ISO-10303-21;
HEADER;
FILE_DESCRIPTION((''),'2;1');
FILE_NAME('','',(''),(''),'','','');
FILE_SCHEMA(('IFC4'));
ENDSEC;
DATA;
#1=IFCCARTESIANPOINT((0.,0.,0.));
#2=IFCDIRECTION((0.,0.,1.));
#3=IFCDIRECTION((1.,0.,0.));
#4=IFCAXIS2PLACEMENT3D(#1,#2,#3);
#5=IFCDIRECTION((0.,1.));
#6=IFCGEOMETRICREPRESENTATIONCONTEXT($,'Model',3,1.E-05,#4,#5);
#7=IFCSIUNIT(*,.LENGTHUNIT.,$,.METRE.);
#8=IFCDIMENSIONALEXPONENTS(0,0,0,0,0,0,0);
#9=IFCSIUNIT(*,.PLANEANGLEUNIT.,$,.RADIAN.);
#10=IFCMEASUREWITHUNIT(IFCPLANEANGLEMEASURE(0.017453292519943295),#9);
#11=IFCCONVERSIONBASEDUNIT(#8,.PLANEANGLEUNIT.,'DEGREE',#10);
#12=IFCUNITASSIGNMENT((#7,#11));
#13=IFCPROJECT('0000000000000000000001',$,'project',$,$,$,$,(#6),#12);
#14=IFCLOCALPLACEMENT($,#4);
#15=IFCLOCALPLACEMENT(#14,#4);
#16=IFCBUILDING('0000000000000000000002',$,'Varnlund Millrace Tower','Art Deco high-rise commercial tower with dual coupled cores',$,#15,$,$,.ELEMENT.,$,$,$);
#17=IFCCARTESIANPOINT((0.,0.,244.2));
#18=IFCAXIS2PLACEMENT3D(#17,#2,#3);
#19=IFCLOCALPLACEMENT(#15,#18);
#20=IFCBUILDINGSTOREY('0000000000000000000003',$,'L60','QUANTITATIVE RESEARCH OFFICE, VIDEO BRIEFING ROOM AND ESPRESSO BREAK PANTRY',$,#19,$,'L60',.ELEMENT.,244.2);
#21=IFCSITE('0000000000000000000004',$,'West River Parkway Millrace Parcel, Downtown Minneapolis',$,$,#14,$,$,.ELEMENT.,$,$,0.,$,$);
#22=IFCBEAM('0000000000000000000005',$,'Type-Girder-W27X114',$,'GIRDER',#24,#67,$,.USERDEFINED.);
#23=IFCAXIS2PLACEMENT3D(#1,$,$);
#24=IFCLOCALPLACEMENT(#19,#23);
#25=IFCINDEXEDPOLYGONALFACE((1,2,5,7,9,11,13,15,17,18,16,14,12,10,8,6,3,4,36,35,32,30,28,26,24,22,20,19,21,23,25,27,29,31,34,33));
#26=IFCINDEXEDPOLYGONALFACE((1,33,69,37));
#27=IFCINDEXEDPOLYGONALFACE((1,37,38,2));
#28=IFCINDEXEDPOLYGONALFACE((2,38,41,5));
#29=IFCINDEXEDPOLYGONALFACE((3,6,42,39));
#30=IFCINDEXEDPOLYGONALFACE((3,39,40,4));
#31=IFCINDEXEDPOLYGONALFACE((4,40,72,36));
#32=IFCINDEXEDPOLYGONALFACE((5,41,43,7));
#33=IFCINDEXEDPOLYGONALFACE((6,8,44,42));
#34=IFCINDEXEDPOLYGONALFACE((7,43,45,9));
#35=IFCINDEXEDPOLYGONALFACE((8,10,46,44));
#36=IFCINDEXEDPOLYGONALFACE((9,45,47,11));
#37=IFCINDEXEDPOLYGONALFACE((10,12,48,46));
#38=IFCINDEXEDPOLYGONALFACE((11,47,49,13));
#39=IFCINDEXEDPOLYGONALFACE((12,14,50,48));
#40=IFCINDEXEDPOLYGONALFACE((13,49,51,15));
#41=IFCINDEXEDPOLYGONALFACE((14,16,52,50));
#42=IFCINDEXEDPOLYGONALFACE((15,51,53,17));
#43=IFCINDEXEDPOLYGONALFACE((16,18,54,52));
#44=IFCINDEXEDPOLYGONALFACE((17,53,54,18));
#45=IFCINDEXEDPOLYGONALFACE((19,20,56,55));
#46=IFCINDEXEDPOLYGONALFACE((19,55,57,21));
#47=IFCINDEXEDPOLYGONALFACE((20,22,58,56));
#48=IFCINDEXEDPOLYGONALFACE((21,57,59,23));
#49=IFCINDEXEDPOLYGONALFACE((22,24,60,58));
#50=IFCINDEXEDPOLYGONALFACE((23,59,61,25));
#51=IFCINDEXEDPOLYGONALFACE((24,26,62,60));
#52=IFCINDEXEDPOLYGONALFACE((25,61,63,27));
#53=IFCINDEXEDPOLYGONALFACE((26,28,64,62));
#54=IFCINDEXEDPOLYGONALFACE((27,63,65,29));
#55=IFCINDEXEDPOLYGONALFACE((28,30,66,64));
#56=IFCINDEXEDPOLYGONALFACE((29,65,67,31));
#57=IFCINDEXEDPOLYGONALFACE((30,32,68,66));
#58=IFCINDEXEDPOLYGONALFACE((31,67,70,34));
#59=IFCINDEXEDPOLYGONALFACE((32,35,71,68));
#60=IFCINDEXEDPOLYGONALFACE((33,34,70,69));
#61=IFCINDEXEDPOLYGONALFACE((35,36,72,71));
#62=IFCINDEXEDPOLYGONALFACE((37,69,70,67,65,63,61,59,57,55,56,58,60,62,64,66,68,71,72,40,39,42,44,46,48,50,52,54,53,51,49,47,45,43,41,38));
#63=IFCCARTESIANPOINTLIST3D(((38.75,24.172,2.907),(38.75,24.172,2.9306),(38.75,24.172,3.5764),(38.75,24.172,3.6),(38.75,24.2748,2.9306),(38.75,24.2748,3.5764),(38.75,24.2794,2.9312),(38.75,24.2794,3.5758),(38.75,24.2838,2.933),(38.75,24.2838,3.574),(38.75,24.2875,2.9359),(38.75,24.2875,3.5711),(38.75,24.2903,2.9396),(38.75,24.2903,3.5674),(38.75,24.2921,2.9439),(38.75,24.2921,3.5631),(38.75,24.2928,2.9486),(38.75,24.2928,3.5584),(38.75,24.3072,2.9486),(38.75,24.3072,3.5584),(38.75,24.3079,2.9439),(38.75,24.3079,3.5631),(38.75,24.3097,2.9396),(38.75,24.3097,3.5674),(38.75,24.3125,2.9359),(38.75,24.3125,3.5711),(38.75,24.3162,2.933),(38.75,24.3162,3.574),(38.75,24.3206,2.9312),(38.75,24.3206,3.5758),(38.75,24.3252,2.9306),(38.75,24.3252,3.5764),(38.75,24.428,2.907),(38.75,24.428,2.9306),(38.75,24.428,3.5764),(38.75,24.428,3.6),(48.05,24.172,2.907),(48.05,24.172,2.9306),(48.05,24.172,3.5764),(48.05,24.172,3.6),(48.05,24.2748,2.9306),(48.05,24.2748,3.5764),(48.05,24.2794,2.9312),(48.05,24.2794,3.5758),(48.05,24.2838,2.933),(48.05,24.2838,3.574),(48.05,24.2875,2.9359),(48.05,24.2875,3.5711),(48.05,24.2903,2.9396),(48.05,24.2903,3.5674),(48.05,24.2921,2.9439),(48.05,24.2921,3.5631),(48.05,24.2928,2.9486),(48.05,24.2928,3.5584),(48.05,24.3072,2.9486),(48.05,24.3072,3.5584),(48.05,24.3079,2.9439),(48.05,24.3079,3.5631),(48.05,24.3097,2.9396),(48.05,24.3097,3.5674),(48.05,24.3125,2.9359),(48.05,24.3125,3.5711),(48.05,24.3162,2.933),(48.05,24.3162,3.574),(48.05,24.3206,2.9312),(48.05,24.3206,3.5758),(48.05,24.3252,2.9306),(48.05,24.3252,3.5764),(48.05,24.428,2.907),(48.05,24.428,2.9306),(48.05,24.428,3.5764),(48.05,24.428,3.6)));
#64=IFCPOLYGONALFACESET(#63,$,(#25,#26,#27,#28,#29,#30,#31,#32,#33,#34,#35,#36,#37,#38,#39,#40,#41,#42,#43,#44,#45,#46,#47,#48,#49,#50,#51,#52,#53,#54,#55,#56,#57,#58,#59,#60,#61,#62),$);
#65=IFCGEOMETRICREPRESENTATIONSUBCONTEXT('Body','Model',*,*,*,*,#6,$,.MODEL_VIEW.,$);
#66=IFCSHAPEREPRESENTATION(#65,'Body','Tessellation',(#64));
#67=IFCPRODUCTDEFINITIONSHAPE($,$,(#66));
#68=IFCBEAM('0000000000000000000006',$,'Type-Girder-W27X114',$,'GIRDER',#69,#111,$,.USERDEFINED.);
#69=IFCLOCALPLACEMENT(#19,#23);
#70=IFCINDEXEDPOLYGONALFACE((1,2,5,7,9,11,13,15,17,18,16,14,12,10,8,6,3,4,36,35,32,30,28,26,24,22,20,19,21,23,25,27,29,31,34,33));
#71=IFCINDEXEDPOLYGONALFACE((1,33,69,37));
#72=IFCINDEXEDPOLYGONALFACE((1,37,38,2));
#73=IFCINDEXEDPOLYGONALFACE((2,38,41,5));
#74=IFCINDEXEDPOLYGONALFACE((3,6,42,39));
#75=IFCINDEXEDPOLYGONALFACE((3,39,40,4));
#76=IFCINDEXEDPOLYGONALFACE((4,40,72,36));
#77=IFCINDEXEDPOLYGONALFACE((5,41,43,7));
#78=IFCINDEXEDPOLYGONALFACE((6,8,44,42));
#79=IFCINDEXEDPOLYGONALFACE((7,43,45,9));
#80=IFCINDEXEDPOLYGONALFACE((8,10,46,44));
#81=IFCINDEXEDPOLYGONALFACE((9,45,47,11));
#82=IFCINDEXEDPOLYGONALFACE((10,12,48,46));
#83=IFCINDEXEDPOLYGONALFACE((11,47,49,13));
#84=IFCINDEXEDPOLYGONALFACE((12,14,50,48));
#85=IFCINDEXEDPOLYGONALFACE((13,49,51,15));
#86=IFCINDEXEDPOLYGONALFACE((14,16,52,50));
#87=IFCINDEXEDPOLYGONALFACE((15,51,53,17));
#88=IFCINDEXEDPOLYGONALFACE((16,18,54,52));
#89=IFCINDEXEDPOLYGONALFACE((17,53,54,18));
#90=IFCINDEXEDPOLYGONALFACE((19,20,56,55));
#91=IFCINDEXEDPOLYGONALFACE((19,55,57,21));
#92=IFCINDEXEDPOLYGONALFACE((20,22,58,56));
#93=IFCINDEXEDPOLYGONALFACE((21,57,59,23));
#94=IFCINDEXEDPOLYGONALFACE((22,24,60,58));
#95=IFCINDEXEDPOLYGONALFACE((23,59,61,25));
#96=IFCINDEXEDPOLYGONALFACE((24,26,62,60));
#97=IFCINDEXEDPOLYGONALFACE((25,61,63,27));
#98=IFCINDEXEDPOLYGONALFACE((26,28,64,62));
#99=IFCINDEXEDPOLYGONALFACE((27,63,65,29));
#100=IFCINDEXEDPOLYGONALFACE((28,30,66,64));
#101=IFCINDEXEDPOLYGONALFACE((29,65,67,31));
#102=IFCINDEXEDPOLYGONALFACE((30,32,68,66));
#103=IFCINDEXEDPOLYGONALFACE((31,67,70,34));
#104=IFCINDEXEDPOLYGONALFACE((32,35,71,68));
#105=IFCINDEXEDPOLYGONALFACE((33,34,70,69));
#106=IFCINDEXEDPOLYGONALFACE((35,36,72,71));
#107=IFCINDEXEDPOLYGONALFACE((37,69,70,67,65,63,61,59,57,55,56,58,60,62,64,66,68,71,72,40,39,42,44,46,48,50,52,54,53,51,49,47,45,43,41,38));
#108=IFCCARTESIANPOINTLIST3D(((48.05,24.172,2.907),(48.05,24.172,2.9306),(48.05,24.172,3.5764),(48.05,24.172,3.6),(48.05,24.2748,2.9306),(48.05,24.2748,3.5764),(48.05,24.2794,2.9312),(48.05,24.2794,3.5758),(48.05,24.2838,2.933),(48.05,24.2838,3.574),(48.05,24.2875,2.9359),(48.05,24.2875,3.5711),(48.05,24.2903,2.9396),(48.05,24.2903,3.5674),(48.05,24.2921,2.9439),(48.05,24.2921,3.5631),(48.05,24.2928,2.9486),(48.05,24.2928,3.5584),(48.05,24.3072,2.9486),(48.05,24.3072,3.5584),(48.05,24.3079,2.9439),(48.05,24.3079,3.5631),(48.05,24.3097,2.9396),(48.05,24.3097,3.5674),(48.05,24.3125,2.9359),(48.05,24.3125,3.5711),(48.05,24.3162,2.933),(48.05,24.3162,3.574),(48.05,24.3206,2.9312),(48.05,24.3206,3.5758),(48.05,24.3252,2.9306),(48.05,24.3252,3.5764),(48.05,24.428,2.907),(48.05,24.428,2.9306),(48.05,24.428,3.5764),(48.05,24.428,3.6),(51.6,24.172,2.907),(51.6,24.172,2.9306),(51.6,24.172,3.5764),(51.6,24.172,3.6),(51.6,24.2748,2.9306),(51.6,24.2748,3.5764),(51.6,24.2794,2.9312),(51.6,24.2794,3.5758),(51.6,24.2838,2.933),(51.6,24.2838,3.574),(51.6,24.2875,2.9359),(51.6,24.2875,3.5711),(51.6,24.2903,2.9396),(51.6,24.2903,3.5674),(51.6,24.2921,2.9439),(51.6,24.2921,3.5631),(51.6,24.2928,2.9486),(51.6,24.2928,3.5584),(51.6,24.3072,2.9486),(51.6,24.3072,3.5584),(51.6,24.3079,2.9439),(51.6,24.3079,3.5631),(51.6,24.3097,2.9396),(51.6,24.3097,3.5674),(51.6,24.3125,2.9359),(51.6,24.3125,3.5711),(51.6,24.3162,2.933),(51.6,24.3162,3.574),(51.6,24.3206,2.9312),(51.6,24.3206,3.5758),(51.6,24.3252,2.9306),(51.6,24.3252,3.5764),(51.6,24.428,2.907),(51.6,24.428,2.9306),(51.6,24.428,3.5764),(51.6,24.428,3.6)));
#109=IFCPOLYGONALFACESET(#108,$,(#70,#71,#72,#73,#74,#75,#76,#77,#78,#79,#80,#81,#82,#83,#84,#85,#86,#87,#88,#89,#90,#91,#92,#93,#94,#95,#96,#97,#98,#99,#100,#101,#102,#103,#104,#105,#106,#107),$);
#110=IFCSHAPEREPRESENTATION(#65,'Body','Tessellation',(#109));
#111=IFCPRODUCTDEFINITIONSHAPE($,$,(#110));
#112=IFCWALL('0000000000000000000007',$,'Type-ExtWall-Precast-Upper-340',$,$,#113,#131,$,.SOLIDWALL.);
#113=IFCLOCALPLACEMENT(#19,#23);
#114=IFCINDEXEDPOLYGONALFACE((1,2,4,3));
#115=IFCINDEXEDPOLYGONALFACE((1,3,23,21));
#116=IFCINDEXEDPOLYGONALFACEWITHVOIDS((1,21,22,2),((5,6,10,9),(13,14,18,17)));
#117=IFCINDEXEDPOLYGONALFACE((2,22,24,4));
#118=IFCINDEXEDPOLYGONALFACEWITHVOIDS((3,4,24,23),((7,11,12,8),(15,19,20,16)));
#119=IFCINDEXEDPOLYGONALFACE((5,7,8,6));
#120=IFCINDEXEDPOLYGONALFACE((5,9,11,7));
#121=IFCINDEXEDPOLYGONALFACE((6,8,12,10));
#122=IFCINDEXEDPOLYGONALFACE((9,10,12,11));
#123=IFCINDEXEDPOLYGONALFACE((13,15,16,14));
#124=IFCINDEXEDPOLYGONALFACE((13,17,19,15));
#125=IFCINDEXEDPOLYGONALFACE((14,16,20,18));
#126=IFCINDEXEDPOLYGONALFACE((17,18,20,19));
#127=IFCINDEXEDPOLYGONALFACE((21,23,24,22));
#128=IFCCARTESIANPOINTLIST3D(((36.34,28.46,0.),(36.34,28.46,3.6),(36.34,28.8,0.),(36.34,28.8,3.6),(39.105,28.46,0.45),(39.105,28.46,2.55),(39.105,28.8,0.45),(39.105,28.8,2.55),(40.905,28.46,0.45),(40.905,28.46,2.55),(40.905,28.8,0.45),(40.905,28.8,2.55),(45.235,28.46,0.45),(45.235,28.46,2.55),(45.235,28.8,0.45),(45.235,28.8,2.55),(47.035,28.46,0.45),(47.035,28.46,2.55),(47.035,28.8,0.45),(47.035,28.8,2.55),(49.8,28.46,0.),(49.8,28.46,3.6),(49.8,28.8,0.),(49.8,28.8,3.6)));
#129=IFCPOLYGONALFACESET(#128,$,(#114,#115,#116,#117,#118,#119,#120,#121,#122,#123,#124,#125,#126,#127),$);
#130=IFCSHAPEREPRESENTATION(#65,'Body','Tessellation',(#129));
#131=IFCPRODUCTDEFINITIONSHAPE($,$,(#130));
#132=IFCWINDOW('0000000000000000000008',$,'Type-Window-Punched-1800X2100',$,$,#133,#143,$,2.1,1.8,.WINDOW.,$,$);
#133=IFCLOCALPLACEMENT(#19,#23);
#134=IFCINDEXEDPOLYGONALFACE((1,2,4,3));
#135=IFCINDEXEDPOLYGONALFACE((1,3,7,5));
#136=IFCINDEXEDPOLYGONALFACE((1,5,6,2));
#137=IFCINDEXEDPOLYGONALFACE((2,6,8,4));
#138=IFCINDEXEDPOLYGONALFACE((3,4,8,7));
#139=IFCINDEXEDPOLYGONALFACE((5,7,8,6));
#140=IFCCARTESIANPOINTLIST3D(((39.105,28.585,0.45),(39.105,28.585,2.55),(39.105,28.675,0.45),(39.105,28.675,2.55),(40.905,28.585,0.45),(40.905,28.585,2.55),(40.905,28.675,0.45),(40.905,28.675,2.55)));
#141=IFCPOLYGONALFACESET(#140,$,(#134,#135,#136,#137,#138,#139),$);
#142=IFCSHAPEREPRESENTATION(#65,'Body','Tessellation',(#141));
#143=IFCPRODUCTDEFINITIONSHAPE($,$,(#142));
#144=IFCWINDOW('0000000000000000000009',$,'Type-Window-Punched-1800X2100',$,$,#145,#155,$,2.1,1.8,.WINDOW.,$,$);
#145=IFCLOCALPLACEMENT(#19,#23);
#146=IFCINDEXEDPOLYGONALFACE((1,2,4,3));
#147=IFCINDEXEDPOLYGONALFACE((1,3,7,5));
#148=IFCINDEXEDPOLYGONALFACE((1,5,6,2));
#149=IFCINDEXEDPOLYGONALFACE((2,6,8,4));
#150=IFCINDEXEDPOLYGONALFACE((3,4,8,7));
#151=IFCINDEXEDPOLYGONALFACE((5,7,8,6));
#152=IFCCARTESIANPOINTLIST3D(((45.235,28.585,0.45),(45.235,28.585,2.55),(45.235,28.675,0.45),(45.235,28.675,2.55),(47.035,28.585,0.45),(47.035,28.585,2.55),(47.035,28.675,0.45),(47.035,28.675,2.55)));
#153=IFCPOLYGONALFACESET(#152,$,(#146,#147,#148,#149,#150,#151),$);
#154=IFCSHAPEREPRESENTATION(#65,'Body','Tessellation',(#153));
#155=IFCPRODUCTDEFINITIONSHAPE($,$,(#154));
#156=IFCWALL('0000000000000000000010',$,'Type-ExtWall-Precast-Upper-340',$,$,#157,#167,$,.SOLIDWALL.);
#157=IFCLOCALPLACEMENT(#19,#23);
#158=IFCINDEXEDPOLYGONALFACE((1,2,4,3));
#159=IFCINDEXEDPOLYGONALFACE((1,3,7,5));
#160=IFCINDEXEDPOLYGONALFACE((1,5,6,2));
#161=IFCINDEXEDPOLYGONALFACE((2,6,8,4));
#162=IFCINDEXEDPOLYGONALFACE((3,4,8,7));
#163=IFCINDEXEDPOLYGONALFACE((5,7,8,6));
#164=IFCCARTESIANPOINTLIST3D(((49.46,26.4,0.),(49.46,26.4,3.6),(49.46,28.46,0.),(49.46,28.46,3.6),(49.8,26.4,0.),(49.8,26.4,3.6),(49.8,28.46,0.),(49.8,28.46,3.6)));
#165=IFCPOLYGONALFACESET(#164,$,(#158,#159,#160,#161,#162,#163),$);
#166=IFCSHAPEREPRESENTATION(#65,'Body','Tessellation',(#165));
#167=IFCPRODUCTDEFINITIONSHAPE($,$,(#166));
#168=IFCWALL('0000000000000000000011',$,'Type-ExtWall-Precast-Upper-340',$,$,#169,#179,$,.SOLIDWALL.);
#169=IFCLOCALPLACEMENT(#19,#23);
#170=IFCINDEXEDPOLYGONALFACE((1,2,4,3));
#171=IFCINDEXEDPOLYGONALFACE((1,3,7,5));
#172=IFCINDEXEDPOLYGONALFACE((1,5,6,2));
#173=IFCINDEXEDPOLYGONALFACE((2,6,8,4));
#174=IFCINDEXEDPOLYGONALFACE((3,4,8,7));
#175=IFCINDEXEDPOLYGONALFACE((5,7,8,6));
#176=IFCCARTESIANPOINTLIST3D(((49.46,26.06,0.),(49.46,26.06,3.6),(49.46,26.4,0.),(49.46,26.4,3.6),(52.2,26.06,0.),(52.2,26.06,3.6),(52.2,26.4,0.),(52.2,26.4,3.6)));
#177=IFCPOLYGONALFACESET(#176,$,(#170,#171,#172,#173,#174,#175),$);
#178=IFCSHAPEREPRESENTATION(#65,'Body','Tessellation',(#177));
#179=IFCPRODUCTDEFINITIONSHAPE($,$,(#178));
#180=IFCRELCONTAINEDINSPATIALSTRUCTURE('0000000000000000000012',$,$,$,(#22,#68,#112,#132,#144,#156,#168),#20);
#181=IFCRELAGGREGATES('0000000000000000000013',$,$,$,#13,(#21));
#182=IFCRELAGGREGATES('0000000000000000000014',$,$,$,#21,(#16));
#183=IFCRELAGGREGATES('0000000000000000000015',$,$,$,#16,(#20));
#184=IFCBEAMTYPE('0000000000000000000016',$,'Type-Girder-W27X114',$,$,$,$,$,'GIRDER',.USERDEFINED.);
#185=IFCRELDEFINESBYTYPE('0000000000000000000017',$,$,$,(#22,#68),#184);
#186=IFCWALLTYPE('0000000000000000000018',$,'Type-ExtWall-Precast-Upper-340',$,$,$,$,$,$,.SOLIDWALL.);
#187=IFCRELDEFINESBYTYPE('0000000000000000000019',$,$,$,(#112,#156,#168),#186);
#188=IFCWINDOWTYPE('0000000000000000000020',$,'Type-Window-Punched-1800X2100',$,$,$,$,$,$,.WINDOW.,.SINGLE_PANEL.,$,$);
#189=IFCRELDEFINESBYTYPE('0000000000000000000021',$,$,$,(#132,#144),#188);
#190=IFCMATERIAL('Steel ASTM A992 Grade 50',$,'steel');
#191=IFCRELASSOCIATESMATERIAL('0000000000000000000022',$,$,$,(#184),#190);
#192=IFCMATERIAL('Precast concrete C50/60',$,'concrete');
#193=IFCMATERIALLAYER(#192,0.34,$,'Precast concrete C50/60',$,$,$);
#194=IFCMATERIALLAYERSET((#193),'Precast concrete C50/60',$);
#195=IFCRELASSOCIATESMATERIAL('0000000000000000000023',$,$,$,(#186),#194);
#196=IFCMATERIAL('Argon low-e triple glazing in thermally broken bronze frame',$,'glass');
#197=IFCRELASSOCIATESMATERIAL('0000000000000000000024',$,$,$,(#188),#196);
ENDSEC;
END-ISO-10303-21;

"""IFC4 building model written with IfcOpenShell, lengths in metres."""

from ifc_helpers import new_model, entity, si_unit, converted_unit, direction, frame, origin_with_axes, origin_2d_with_axis, place, context, subcontext, project, spatial, polyline, rectangle, i_section, outline, extrude, material, layer, layer_set, material_profile, profile_set, type_object, element, fill, save


model = new_model("IFC4")

# Units and contexts
model_context = context("Model", 3, precision=1e-05, world=origin_with_axes(), true_north=direction((0.0, 1.0)))
body_context = subcontext(model_context, "Body", "Model", "MODEL_VIEW")
ifc_project = project(units=[si_unit("LENGTHUNIT", "METRE"), converted_unit("PLANEANGLEUNIT", "DEGREE", entity("IfcPlaneAngleMeasure", 0.017453292519943295), si_unit("PLANEANGLEUNIT", "RADIAN"), dimensions=[0, 0, 0, 0, 0, 0, 0])], contexts=[model_context])

# Site, building, storey
site_placement = place(None, origin_with_axes())
site = spatial("IfcSite", under=ifc_project, at=site_placement, Name="West River Parkway Millrace Parcel, Downtown Minneapolis", CompositionType="ELEMENT", RefElevation=0.0)
building_placement = place(site_placement, origin_with_axes())
building = spatial("IfcBuilding", under=site, at=building_placement, Name="Varnlund Millrace Tower", Description="Art Deco high-rise commercial tower with dual coupled cores", CompositionType="ELEMENT")
storey_placement = place(building_placement, frame((0.0, 0.0, 244.2), z_axis=(0.0, 0.0, 1.0), x_axis=(1.0, 0.0, 0.0)))
storey = spatial("IfcBuildingStorey", under=building, at=storey_placement, Name="L60", Description="QUANTITATIVE RESEARCH OFFICE, VIDEO BRIEFING ROOM AND ESPRESSO BREAK PANTRY", LongName="L60", CompositionType="ELEMENT", Elevation=244.2)

# Beams
ifc_material_1 = material(Name="Steel ASTM A992 Grade 50", Category="steel")
ifc_material_profile = material_profile(ifc_material_1, i_section(OverallWidth=0.256, OverallDepth=0.693, WebThickness=0.0145, FlangeThickness=0.0236, FilletRadius=0.018, at=origin_2d_with_axis()), Name="Steel ASTM A992 Grade 50")
ifc_profile_set = profile_set([ifc_material_profile], Name="Steel ASTM A992 Grade 50")
beam_type = type_object("IfcBeamType", Name="Type-Girder-W27X114", ElementType="GIRDER", PredefinedType="USERDEFINED", material=ifc_profile_set)
beam_1_placement = place(storey_placement, frame((38.75, 24.3, 3.2535), z_axis=(1.0, 0.0, 0.0), x_axis=(0.0, 1.0, 0.0)))
element("IfcBeam", 1, at=beam_1_placement, inside=storey, type_object=beam_type, Name="Type-Girder-W27X114", ObjectType="GIRDER", PredefinedType="USERDEFINED", context=body_context, shape_type="SweptSolid", body=[
    extrude(i_section(OverallWidth=0.256, OverallDepth=0.693, WebThickness=0.0145, FlangeThickness=0.0236, FilletRadius=0.018, at=origin_2d_with_axis()), origin_with_axes(), (0.0, 0.0, 1.0), 9.3),
])
beam_2_placement = place(storey_placement, frame((48.05, 24.3, 3.2535), z_axis=(1.0, 0.0, 0.0), x_axis=(0.0, 1.0, 0.0)))
element("IfcBeam", 2, at=beam_2_placement, inside=storey, type_object=beam_type, Name="Type-Girder-W27X114", ObjectType="GIRDER", PredefinedType="USERDEFINED", context=body_context, shape_type="SweptSolid", body=[
    extrude(i_section(OverallWidth=0.256, OverallDepth=0.693, WebThickness=0.0145, FlangeThickness=0.0236, FilletRadius=0.018, at=origin_2d_with_axis()), origin_with_axes(), (0.0, 0.0, 1.0), 3.55),
])

# Wall, openings, windows
ifc_material_2 = material(Name="Precast concrete C50/60", Category="concrete")
ifc_layer_1 = layer(ifc_material_2, 0.34, Name="Precast concrete C50/60")
ifc_layer_set_1 = layer_set([ifc_layer_1], Name="Precast concrete C50/60")
wall_type_1 = type_object("IfcWallType", Name="Type-ExtWall-Precast-Upper-340", PredefinedType="SOLIDWALL", material=ifc_layer_set_1)
wall_1_placement = place(storey_placement, frame((36.34, 28.63, 0.0), z_axis=(0.0, 0.0, 1.0), x_axis=(1.0, 0.0, 0.0)))
wall_1 = element("IfcWall", 3, at=wall_1_placement, inside=storey, type_object=wall_type_1, Name="Type-ExtWall-Precast-Upper-340", PredefinedType="SOLIDWALL", context=body_context, shape_type="SweptSolid", body=[
    extrude(outline(polyline([(0.0, -0.17), (13.46, -0.17), (13.46, 0.17), (0.0, 0.17), (0.0, -0.17)])), origin_with_axes(), (0.0, 0.0, 1.0), 3.6),
])
opening_1_placement = place(wall_1_placement, frame((3.665, 0.0, 0.45), z_axis=(0.0, 0.0, 1.0), x_axis=(1.0, 0.0, 0.0)))
opening_1 = element("IfcOpeningElement", 4, at=opening_1_placement, cuts=wall_1, PredefinedType="OPENING", context=body_context, shape_type="SweptSolid", body=[
    extrude(rectangle(XDim=1.8, YDim=0.36, at=origin_2d_with_axis()), origin_with_axes(), (0.0, 0.0, 1.0), 2.1),
])
opening_2_placement = place(wall_1_placement, frame((9.795, 0.0, 0.45), z_axis=(0.0, 0.0, 1.0), x_axis=(1.0, 0.0, 0.0)))
opening_2 = element("IfcOpeningElement", 5, at=opening_2_placement, cuts=wall_1, PredefinedType="OPENING", context=body_context, shape_type="SweptSolid", body=[
    extrude(rectangle(XDim=1.8, YDim=0.36, at=origin_2d_with_axis()), origin_with_axes(), (0.0, 0.0, 1.0), 2.1),
])
ifc_material_3 = material(Name="Argon low-e triple glazing in thermally broken bronze frame", Category="glass")
window_type = type_object("IfcWindowType", Name="Type-Window-Punched-1800X2100", PartitioningType="SINGLE_PANEL", PredefinedType="WINDOW", material=ifc_material_3)
window_1_placement = place(wall_1_placement, frame((3.665, 0.0, 0.45), z_axis=(0.0, 0.0, 1.0), x_axis=(1.0, 0.0, 0.0)))
window_1 = element("IfcWindow", 6, at=window_1_placement, inside=storey, type_object=window_type, Name="Type-Window-Punched-1800X2100", OverallHeight=2.1, OverallWidth=1.8, PredefinedType="WINDOW", context=body_context, shape_type="SweptSolid", body=[
    extrude(rectangle(XDim=1.8, YDim=0.09, at=origin_2d_with_axis()), origin_with_axes(), (0.0, 0.0, 1.0), 2.1),
])
fill(opening_1, window_1)
window_2_placement = place(wall_1_placement, frame((9.795, 0.0, 0.45), z_axis=(0.0, 0.0, 1.0), x_axis=(1.0, 0.0, 0.0)))
window_2 = element("IfcWindow", 7, at=window_2_placement, inside=storey, type_object=window_type, Name="Type-Window-Punched-1800X2100", OverallHeight=2.1, OverallWidth=1.8, PredefinedType="WINDOW", context=body_context, shape_type="SweptSolid", body=[
    extrude(rectangle(XDim=1.8, YDim=0.09, at=origin_2d_with_axis()), origin_with_axes(), (0.0, 0.0, 1.0), 2.1),
])
fill(opening_2, window_2)

# Walls
wall_2_placement = place(storey_placement, frame((49.63, 28.46, 0.0), z_axis=(0.0, 0.0, 1.0), x_axis=(0.0, -1.0, 0.0)))
element("IfcWall", 8, at=wall_2_placement, inside=storey, type_object=wall_type_1, Name="Type-ExtWall-Precast-Upper-340", PredefinedType="SOLIDWALL", context=body_context, shape_type="SweptSolid", body=[
    extrude(outline(polyline([(0.0, -0.17), (2.06, -0.17), (2.06, 0.17), (0.0, 0.17), (0.0, -0.17)])), origin_with_axes(), (0.0, 0.0, 1.0), 3.6),
])
wall_3_placement = place(storey_placement, frame((49.46, 26.23, 0.0), z_axis=(0.0, 0.0, 1.0), x_axis=(1.0, 0.0, 0.0)))
element("IfcWall", 9, at=wall_3_placement, inside=storey, type_object=wall_type_1, Name="Type-ExtWall-Precast-Upper-340", PredefinedType="SOLIDWALL", context=body_context, shape_type="SweptSolid", body=[
    extrude(outline(polyline([(0.0, -0.17), (2.74, -0.17), (2.74, 0.17), (0.0, 0.17), (0.0, -0.17)])), origin_with_axes(), (0.0, 0.0, 1.0), 3.6),
])

save(model, "model.ifc")
